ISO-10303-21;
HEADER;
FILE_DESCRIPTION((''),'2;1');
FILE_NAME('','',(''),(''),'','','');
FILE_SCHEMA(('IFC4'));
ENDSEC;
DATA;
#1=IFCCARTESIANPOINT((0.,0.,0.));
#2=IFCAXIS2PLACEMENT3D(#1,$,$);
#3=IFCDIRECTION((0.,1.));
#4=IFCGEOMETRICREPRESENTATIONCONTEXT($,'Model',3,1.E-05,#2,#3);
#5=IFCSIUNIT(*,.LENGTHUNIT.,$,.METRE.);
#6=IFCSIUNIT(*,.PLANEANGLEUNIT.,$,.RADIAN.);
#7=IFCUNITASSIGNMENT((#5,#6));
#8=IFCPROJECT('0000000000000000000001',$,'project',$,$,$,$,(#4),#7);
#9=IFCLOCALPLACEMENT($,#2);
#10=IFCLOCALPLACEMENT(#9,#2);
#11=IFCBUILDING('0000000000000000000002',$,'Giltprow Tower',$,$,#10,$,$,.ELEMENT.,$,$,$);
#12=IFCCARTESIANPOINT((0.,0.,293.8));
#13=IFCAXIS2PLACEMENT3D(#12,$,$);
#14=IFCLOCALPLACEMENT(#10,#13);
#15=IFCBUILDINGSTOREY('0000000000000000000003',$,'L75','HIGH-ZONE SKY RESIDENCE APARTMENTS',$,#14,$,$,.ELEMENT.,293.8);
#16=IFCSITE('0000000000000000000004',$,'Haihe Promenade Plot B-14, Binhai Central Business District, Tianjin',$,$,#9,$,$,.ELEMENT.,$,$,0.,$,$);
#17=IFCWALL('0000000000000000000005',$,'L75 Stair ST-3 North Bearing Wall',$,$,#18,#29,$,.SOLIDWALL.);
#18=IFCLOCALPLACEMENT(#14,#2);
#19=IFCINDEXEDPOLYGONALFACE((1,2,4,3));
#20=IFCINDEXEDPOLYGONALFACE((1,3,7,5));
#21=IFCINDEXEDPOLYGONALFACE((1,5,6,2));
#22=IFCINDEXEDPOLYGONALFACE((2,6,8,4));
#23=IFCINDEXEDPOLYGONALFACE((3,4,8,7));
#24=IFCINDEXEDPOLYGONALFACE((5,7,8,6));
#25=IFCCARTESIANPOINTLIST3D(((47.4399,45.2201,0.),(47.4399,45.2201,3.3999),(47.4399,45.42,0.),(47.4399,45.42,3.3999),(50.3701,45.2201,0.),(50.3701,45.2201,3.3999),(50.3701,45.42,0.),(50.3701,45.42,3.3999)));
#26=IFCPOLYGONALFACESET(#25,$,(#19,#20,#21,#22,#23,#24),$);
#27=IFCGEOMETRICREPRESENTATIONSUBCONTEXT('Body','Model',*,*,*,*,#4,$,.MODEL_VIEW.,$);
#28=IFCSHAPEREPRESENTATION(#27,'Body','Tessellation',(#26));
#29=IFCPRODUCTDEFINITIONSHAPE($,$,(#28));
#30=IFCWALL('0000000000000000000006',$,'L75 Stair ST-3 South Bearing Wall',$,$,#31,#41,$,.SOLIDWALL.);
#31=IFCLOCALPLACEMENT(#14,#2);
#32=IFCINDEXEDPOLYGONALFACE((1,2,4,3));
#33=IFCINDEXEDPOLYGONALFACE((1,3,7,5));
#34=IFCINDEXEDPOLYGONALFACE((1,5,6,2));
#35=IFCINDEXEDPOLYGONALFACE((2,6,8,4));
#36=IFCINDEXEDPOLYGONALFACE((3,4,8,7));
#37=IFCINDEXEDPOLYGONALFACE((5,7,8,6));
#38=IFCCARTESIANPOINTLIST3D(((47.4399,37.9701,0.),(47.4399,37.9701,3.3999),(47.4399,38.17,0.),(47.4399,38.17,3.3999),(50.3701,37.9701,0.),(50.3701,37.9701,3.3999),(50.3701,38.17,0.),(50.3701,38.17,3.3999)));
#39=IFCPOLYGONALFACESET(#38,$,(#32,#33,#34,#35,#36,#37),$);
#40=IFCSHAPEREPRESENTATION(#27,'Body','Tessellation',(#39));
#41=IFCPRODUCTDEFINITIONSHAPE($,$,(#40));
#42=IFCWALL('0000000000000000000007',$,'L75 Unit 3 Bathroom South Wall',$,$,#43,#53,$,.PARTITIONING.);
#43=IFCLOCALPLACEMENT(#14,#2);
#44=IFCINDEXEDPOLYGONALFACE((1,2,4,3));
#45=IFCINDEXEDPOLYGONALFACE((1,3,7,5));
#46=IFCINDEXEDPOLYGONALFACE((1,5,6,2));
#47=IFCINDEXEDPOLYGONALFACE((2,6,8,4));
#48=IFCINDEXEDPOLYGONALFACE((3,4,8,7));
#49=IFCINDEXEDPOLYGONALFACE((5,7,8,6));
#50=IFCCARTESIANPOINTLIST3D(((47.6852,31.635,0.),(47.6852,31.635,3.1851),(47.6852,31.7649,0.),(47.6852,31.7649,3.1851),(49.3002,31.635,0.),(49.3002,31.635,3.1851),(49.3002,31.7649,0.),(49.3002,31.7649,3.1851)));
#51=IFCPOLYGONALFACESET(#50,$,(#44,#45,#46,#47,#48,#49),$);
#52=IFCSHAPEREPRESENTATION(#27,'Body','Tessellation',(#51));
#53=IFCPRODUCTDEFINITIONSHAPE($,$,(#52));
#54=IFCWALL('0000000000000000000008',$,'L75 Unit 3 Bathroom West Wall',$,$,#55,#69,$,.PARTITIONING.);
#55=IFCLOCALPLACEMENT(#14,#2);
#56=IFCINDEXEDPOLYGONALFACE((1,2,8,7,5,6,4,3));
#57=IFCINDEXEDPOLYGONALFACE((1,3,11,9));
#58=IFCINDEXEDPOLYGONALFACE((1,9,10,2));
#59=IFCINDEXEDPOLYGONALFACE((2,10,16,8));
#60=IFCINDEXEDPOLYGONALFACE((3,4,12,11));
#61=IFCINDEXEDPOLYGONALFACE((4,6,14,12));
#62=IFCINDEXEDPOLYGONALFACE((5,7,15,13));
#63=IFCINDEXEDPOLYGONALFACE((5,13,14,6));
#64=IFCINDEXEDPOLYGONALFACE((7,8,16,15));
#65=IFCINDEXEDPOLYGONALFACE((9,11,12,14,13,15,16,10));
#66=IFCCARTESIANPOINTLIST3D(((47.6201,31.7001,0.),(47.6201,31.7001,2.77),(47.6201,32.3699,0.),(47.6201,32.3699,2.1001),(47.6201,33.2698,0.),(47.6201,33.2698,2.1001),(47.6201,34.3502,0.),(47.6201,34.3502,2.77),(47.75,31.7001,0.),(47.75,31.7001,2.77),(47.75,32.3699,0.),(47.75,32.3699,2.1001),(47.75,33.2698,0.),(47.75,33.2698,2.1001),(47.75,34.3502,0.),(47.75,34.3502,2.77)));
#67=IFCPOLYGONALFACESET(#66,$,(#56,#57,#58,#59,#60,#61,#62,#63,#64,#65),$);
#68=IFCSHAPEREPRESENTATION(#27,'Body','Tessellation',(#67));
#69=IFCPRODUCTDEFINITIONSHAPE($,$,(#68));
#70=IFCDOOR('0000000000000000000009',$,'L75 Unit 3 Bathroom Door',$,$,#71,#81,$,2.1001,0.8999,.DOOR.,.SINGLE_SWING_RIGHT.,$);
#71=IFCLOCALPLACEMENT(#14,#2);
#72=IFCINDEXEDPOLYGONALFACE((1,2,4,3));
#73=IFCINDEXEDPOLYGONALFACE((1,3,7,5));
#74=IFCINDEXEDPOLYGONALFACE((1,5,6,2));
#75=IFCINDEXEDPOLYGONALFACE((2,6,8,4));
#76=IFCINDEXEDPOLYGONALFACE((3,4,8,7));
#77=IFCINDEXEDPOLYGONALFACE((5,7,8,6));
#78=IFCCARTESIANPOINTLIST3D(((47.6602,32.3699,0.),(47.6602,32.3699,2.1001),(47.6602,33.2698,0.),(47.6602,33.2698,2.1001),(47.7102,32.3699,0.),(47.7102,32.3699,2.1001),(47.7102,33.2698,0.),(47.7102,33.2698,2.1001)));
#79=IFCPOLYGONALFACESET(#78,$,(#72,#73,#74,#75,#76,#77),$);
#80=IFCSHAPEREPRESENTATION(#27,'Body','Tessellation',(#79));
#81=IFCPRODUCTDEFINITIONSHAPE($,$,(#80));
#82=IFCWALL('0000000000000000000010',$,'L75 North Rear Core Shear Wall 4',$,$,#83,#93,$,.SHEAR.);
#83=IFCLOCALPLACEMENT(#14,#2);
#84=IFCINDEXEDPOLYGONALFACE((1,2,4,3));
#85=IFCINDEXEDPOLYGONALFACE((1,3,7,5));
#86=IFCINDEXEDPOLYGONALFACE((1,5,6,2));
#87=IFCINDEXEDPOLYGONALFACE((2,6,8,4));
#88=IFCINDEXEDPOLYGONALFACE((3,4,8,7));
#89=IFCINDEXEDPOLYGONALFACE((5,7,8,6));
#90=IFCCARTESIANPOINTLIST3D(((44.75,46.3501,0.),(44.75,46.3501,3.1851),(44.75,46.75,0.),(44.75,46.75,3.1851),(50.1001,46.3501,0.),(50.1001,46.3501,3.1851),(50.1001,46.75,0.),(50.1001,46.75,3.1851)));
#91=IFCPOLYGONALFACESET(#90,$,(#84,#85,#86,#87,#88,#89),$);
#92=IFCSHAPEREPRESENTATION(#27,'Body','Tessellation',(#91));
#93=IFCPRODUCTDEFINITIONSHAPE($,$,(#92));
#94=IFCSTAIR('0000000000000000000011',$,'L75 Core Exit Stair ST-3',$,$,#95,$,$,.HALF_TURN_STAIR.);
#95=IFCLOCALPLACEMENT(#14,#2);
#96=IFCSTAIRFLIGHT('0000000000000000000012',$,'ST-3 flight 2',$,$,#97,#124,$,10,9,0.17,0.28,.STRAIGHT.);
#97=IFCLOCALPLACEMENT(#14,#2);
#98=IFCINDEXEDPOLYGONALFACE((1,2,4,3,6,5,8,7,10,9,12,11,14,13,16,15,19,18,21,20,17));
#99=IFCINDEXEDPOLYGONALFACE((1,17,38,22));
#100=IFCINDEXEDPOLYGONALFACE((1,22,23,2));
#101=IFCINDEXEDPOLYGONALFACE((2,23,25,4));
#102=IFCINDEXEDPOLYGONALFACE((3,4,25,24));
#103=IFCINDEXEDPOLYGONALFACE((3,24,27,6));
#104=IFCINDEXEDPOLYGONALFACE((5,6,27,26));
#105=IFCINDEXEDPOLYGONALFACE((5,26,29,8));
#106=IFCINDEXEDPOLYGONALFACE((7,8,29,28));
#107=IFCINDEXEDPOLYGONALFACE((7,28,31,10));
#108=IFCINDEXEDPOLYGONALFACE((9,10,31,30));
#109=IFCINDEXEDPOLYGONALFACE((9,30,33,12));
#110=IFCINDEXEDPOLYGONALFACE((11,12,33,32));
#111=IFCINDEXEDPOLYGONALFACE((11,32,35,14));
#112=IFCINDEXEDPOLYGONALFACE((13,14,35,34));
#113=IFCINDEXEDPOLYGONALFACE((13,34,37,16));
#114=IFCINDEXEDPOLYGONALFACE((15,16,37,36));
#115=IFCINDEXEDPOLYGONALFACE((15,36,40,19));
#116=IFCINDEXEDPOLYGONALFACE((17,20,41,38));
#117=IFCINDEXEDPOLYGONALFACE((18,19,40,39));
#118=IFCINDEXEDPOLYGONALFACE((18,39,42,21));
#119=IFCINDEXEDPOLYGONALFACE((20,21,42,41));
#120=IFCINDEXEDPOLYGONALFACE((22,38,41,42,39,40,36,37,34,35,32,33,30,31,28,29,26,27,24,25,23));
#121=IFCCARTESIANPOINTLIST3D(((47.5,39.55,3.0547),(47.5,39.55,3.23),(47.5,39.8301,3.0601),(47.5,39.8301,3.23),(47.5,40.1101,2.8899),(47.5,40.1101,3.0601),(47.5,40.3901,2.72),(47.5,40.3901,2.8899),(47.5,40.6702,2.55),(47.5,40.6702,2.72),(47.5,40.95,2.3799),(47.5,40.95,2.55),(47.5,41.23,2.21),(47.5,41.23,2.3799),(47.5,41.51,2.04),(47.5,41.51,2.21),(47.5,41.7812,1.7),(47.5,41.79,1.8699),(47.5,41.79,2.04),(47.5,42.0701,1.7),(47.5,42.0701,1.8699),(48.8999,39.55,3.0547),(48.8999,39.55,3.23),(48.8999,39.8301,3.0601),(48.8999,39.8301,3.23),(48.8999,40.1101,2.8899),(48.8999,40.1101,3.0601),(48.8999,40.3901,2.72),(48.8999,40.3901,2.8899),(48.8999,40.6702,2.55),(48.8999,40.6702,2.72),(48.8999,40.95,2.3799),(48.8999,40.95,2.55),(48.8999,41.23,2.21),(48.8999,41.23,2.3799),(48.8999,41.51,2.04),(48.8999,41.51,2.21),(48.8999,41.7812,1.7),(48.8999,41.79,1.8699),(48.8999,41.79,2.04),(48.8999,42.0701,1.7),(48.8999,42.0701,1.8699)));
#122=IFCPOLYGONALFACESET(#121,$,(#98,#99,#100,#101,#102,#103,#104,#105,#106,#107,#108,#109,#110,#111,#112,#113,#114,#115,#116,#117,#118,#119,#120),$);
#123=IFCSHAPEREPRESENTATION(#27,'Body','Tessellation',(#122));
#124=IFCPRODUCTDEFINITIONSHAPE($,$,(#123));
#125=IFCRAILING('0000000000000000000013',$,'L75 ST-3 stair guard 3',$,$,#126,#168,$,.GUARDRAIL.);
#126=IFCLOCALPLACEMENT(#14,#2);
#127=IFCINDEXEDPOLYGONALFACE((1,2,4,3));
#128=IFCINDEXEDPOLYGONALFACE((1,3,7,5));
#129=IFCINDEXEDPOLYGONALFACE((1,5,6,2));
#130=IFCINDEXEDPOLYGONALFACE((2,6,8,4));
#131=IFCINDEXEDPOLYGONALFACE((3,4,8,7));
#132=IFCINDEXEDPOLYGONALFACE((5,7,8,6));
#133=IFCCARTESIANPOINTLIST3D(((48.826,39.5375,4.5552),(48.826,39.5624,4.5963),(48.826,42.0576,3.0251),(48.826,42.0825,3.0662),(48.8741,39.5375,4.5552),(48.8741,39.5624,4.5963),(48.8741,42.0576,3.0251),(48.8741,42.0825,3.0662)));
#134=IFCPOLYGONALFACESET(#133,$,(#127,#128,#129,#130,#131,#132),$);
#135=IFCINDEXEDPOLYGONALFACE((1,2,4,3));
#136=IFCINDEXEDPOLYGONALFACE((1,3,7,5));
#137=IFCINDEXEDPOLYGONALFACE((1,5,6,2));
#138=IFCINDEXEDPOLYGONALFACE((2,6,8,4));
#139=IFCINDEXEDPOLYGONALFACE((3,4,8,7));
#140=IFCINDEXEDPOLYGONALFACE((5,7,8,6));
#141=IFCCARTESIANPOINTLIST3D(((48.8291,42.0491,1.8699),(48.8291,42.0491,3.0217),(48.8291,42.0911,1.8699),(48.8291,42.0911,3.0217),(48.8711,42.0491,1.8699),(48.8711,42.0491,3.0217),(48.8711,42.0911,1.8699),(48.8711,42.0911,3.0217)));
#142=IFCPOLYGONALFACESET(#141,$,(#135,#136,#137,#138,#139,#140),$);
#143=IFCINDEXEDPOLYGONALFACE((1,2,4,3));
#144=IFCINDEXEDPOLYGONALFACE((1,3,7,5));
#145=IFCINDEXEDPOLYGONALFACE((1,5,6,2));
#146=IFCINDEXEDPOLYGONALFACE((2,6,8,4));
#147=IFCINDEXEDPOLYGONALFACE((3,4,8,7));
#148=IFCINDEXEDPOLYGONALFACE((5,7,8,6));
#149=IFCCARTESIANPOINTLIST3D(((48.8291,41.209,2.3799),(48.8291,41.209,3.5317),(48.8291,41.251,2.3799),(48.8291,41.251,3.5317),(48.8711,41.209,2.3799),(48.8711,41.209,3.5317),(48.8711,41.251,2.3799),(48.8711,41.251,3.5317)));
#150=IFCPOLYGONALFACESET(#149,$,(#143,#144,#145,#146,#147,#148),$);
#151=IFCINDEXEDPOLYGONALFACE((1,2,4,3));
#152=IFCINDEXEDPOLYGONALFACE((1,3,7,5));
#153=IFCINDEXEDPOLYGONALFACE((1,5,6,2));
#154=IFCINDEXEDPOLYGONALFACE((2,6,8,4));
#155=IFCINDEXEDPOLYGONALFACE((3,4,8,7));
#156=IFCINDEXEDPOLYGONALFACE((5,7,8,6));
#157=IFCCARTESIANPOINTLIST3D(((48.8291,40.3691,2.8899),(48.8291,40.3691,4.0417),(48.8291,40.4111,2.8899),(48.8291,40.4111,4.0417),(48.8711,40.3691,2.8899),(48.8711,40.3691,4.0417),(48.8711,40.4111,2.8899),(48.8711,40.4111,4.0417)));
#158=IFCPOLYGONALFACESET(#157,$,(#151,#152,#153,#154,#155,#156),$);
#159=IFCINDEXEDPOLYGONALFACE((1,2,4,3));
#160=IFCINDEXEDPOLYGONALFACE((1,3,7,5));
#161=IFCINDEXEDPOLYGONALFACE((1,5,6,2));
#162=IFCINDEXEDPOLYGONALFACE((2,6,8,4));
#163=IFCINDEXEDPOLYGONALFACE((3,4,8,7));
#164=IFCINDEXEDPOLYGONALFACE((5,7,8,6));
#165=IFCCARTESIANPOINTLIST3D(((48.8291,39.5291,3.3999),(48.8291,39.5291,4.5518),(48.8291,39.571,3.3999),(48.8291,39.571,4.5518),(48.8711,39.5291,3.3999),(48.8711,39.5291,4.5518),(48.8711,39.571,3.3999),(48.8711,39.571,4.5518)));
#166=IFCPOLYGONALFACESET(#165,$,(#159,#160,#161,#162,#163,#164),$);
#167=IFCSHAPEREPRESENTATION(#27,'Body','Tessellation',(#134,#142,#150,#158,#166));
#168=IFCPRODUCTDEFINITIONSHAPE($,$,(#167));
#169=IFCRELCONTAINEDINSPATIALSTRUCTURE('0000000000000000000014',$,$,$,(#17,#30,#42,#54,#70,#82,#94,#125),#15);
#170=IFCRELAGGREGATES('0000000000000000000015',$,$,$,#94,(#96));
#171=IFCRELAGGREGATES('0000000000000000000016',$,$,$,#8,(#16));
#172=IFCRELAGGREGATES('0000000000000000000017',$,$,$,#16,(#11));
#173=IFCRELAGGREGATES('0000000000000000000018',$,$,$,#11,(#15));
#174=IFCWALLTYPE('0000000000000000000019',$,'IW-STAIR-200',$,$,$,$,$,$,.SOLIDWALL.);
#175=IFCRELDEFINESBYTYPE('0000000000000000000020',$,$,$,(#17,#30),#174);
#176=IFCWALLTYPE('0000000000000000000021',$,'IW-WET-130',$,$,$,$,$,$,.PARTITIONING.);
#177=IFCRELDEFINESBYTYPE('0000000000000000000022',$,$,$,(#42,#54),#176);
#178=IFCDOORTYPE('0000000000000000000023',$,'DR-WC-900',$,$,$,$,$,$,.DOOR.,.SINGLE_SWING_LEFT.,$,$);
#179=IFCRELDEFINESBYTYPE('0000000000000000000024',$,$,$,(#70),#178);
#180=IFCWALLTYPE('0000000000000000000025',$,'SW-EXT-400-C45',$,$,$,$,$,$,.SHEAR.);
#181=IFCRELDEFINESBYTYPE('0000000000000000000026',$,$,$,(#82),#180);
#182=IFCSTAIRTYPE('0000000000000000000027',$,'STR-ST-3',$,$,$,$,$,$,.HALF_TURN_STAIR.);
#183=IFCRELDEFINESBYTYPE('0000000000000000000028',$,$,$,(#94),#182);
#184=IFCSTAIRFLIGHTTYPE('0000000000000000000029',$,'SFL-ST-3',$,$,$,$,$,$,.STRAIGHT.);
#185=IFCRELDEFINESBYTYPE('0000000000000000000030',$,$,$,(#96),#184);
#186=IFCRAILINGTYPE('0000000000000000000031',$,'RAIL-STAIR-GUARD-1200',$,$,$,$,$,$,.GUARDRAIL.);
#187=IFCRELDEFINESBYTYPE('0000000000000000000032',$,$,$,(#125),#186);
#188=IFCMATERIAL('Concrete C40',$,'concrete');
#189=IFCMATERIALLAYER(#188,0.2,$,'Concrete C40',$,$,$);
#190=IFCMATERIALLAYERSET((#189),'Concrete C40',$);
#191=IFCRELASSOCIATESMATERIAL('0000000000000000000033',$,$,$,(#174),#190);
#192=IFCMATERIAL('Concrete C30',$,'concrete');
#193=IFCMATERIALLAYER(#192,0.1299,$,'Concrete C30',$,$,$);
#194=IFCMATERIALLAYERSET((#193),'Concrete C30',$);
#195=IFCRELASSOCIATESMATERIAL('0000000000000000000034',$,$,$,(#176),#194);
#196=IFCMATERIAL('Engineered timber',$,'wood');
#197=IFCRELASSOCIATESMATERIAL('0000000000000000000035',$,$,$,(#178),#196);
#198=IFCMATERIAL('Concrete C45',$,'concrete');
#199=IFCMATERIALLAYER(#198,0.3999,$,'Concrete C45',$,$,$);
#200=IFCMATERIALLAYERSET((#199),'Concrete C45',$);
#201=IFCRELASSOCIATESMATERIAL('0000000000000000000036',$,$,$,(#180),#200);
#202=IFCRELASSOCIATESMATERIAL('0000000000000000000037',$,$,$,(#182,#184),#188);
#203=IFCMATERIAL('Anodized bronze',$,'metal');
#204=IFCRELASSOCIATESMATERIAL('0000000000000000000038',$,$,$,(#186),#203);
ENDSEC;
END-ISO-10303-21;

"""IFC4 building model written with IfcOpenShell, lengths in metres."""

from ifc_helpers import new_model, si_unit, direction, frame, frame_2d, origin, origin_2d, place, context, subcontext, project, spatial, polyline, rectangle, outline, extrude, source, transform, mapped, material, layer, layer_set, type_object, element, fill, aggregate, save


model = new_model("IFC4")

# Units and contexts
model_context = context("Model", 3, precision=1e-05, world=origin(), true_north=direction((0.0, 1.0)))
body_context = subcontext(model_context, "Body", "Model", "MODEL_VIEW")
ifc_project = project(units=[si_unit("LENGTHUNIT", "METRE"), si_unit("PLANEANGLEUNIT", "RADIAN")], contexts=[model_context])

# Site, building, storey
site_placement = place(None, origin())
site = spatial("IfcSite", under=ifc_project, at=site_placement, Name="Haihe Promenade Plot B-14, Binhai Central Business District, Tianjin", CompositionType="ELEMENT", RefElevation=0.0)
building_placement = place(site_placement, origin())
building = spatial("IfcBuilding", under=site, at=building_placement, Name="Giltprow Tower", CompositionType="ELEMENT")
storey_placement = place(building_placement, frame((0.0, 0.0, 293.8)))
storey = spatial("IfcBuildingStorey", under=building, at=storey_placement, Name="L75", Description="HIGH-ZONE SKY RESIDENCE APARTMENTS", CompositionType="ELEMENT", Elevation=293.8)

# Shared definitions
ifc_material_1 = material(Name="Concrete C45", Category="concrete")

# Shared definitions
ifc_material_2 = material(Name="Concrete C40", Category="concrete")

# Shared definitions
ifc_layer_1 = layer(ifc_material_2, 0.2, Name="Concrete C40")
ifc_layer_set_1 = layer_set([ifc_layer_1], Name="Concrete C40")
wall_type_1 = type_object("IfcWallType", Name="IW-STAIR-200", PredefinedType="SOLIDWALL", material=ifc_layer_set_1)

# Walls
for number, where, z_axis, x_axis, name in (
    (1, (47.4399, 45.3201, 0.0), (0.0, 0.0, 1.0), (1.0, 0.0, 0.0), "L75 Stair ST-3 North Bearing Wall"),
    (2, (47.4399, 38.0701, 0.0), (0.0, 0.0, 1.0), (1.0, 0.0, 0.0), "L75 Stair ST-3 South Bearing Wall"),
):
    element("IfcWall", number, at=place(storey_placement, frame(where, z_axis=z_axis, x_axis=x_axis)), inside=storey, type_object=wall_type_1, Name=name, PredefinedType="SOLIDWALL", context=body_context, shape_type="SweptSolid", body=[
        extrude(rectangle(XDim=2.9302, YDim=0.2, at=frame_2d((1.4651, 0.0))), origin(), (0.0, 0.0, 1.0), 3.3999),
    ])
ifc_material_3 = material(Name="Concrete C30", Category="concrete")
ifc_layer_2 = layer(ifc_material_3, 0.1299, Name="Concrete C30")
ifc_layer_set_2 = layer_set([ifc_layer_2], Name="Concrete C30")
wall_type_2 = type_object("IfcWallType", Name="IW-WET-130", PredefinedType="PARTITIONING", material=ifc_layer_set_2)
wall_1_placement = place(storey_placement, frame((47.6851, 31.7, 0.0), z_axis=(0.0, 0.0, 1.0), x_axis=(1.0, 0.0, 0.0)))
element("IfcWall", 3, at=wall_1_placement, inside=storey, type_object=wall_type_2, Name="L75 Unit 3 Bathroom South Wall", PredefinedType="PARTITIONING", context=body_context, shape_type="SweptSolid", body=[
    extrude(rectangle(XDim=1.615, YDim=0.1299, at=frame_2d((0.8076, 0.0))), origin(), (0.0, 0.0, 1.0), 3.1851),
])

# Wall, opening, door
wall_2_placement = place(storey_placement, frame((47.6851, 31.7, 0.0), z_axis=(0.0, 0.0, 1.0), x_axis=(0.0, 1.0, 0.0)))
wall_2 = element("IfcWall", 4, at=wall_2_placement, inside=storey, type_object=wall_type_2, Name="L75 Unit 3 Bathroom West Wall", PredefinedType="PARTITIONING", context=body_context, shape_type="SweptSolid", body=[
    extrude(rectangle(XDim=2.6501, YDim=0.1299, at=frame_2d((1.3252, 0.0))), origin(), (0.0, 0.0, 1.0), 2.77),
])
opening_1_placement = place(wall_2_placement, frame((0.6699, 0.0, 0.0)))
opening_1 = element("IfcOpeningElement", 5, at=opening_1_placement, cuts=wall_2, PredefinedType="OPENING", context=body_context, shape_type="SweptSolid", body=[
    extrude(rectangle(XDim=0.8999, YDim=2.1001, at=frame_2d((0.45, 1.05))), frame((0.0, 0.075, 0.0), z_axis=(0.0, -1.0, 0.0), x_axis=(1.0, 0.0, 0.0)), (0.0, 0.0, 1.0), 0.1499),
])
ifc_material_4 = material(Name="Engineered timber", Category="wood")
door_type_1 = type_object("IfcDoorType", Name="DR-WC-900", OperationType="SINGLE_SWING_LEFT", PredefinedType="DOOR", material=ifc_material_4)
shared_shape_1 = source(origin(), body_context, "Body", "SweptSolid", [
    extrude(rectangle(XDim=0.8999, YDim=2.1001, at=frame_2d((0.45, 1.05))), frame((0.0, 0.0249, 0.0), z_axis=(0.0, -1.0, 0.0), x_axis=(1.0, 0.0, 0.0)), (0.0, 0.0, 1.0), 0.05),
])
door_1_placement = place(opening_1_placement, origin())
door_1 = element("IfcDoor", 6, at=door_1_placement, inside=storey, type_object=door_type_1, Name="L75 Unit 3 Bathroom Door", OperationType="SINGLE_SWING_RIGHT", OverallHeight=2.1001, OverallWidth=0.8999, PredefinedType="DOOR", context=body_context, shape_type="MappedRepresentation", body=[
    mapped(shared_shape_1, transform((0.0, 0.0, 0.0), x_axis=(1.0, 0.0, 0.0), y_axis=(0.0, 1.0, 0.0), z_axis=(0.0, 0.0, 1.0), scale=1.0)),
])
fill(opening_1, door_1)

# Wall
ifc_layer_3 = layer(ifc_material_1, 0.3999, Name="Concrete C45")
ifc_layer_set_3 = layer_set([ifc_layer_3], Name="Concrete C45")
wall_type_3 = type_object("IfcWallType", Name="SW-EXT-400-C45", PredefinedType="SHEAR", material=ifc_layer_set_3)
wall_3_placement = place(storey_placement, frame((44.75, 46.55, 0.0), z_axis=(0.0, 0.0, 1.0), x_axis=(1.0, 0.0, 0.0)))
element("IfcWall", 7, at=wall_3_placement, inside=storey, type_object=wall_type_3, Name="L75 North Rear Core Shear Wall 4", PredefinedType="SHEAR", context=body_context, shape_type="SweptSolid", body=[
    extrude(rectangle(XDim=5.3501, YDim=0.3999, at=frame_2d((2.675, 0.0))), origin(), (0.0, 0.0, 1.0), 3.1851),
])

# Stair, stair flight
stair_type = type_object("IfcStairType", Name="STR-ST-3", PredefinedType="HALF_TURN_STAIR", material=ifc_material_2)
stair_placement = place(storey_placement, origin())
stair = element("IfcStair", 8, at=stair_placement, inside=storey, type_object=stair_type, Name="L75 Core Exit Stair ST-3", PredefinedType="HALF_TURN_STAIR")
stair_flight_type = type_object("IfcStairFlightType", Name="SFL-ST-3", PredefinedType="STRAIGHT", material=ifc_material_2)
stair_flight_placement = place(storey_placement, frame((48.2, 42.0701, 1.7), z_axis=(0.0, 0.0, 1.0), x_axis=(0.0, -1.0, 0.0)))
stair_flight = element("IfcStairFlight", 9, at=stair_flight_placement, type_object=stair_flight_type, Name="ST-3 flight 2", NumberOfRisers=10, NumberOfTreads=9, PredefinedType="STRAIGHT", RiserHeight=0.17, TreadLength=0.28, context=body_context, shape_type="SweptSolid", body=[
    extrude(outline(polyline([(0.0, 0.0), (0.0, 0.1699), (0.28, 0.1699), (0.28, 0.3401), (0.5601, 0.3401), (0.5601, 0.51), (0.8401, 0.51), (0.8401, 0.6799), (1.1201, 0.6799), (1.1201, 0.8501), (1.3999, 0.8501), (1.3999, 1.02), (1.6799, 1.02), (1.6799, 1.1899), (1.96, 1.1899), (1.96, 1.3601), (2.24, 1.3601), (2.24, 1.53), (2.52, 1.53), (2.52, 1.7), (2.52, 1.3547), (0.2888, 0.0), (0.0, 0.0)])), frame((0.0, 0.7, 0.0), z_axis=(0.0, -1.0, 0.0), x_axis=(1.0, 0.0, 0.0)), (0.0, 0.0, 1.0), 1.3999),
])
aggregate(stair, [stair_flight])

# Railing
ifc_material_5 = material(Name="Anodized bronze", Category="metal")
railing_type_1 = type_object("IfcRailingType", Name="RAIL-STAIR-GUARD-1200", PredefinedType="GUARDRAIL", material=ifc_material_5)
railing_1_placement = place(storey_placement, frame((48.8501, 42.0701, 1.8699)))
element("IfcRailing", 10, at=railing_1_placement, inside=storey, type_object=railing_type_1, Name="L75 ST-3 stair guard 3", PredefinedType="GUARDRAIL", context=body_context, shape_type="SweptSolid", body=[
    extrude(rectangle(XDim=0.0481, YDim=0.0481, at=origin_2d()), frame((0.0, 0.0, 1.1758), z_axis=(0.0, -0.854785, 0.518982), x_axis=(1.0, 0.0, 0.0)), (0.0, 0.0, 1.0), 2.9482),
    extrude(rectangle(XDim=0.042, YDim=0.042, at=origin_2d()), origin(), (0.0, 0.0, 1.0), 1.1519),
    extrude(rectangle(XDim=0.042, YDim=0.042, at=origin_2d()), frame((0.0, -0.8401, 0.51)), (0.0, 0.0, 1.0), 1.1519),
    extrude(rectangle(XDim=0.042, YDim=0.042, at=origin_2d()), frame((0.0, -1.6799, 1.02)), (0.0, 0.0, 1.0), 1.1519),
    extrude(rectangle(XDim=0.042, YDim=0.042, at=origin_2d()), frame((0.0, -2.52, 1.53)), (0.0, 0.0, 1.0), 1.1519),
])

save(model, "model.ifc")
